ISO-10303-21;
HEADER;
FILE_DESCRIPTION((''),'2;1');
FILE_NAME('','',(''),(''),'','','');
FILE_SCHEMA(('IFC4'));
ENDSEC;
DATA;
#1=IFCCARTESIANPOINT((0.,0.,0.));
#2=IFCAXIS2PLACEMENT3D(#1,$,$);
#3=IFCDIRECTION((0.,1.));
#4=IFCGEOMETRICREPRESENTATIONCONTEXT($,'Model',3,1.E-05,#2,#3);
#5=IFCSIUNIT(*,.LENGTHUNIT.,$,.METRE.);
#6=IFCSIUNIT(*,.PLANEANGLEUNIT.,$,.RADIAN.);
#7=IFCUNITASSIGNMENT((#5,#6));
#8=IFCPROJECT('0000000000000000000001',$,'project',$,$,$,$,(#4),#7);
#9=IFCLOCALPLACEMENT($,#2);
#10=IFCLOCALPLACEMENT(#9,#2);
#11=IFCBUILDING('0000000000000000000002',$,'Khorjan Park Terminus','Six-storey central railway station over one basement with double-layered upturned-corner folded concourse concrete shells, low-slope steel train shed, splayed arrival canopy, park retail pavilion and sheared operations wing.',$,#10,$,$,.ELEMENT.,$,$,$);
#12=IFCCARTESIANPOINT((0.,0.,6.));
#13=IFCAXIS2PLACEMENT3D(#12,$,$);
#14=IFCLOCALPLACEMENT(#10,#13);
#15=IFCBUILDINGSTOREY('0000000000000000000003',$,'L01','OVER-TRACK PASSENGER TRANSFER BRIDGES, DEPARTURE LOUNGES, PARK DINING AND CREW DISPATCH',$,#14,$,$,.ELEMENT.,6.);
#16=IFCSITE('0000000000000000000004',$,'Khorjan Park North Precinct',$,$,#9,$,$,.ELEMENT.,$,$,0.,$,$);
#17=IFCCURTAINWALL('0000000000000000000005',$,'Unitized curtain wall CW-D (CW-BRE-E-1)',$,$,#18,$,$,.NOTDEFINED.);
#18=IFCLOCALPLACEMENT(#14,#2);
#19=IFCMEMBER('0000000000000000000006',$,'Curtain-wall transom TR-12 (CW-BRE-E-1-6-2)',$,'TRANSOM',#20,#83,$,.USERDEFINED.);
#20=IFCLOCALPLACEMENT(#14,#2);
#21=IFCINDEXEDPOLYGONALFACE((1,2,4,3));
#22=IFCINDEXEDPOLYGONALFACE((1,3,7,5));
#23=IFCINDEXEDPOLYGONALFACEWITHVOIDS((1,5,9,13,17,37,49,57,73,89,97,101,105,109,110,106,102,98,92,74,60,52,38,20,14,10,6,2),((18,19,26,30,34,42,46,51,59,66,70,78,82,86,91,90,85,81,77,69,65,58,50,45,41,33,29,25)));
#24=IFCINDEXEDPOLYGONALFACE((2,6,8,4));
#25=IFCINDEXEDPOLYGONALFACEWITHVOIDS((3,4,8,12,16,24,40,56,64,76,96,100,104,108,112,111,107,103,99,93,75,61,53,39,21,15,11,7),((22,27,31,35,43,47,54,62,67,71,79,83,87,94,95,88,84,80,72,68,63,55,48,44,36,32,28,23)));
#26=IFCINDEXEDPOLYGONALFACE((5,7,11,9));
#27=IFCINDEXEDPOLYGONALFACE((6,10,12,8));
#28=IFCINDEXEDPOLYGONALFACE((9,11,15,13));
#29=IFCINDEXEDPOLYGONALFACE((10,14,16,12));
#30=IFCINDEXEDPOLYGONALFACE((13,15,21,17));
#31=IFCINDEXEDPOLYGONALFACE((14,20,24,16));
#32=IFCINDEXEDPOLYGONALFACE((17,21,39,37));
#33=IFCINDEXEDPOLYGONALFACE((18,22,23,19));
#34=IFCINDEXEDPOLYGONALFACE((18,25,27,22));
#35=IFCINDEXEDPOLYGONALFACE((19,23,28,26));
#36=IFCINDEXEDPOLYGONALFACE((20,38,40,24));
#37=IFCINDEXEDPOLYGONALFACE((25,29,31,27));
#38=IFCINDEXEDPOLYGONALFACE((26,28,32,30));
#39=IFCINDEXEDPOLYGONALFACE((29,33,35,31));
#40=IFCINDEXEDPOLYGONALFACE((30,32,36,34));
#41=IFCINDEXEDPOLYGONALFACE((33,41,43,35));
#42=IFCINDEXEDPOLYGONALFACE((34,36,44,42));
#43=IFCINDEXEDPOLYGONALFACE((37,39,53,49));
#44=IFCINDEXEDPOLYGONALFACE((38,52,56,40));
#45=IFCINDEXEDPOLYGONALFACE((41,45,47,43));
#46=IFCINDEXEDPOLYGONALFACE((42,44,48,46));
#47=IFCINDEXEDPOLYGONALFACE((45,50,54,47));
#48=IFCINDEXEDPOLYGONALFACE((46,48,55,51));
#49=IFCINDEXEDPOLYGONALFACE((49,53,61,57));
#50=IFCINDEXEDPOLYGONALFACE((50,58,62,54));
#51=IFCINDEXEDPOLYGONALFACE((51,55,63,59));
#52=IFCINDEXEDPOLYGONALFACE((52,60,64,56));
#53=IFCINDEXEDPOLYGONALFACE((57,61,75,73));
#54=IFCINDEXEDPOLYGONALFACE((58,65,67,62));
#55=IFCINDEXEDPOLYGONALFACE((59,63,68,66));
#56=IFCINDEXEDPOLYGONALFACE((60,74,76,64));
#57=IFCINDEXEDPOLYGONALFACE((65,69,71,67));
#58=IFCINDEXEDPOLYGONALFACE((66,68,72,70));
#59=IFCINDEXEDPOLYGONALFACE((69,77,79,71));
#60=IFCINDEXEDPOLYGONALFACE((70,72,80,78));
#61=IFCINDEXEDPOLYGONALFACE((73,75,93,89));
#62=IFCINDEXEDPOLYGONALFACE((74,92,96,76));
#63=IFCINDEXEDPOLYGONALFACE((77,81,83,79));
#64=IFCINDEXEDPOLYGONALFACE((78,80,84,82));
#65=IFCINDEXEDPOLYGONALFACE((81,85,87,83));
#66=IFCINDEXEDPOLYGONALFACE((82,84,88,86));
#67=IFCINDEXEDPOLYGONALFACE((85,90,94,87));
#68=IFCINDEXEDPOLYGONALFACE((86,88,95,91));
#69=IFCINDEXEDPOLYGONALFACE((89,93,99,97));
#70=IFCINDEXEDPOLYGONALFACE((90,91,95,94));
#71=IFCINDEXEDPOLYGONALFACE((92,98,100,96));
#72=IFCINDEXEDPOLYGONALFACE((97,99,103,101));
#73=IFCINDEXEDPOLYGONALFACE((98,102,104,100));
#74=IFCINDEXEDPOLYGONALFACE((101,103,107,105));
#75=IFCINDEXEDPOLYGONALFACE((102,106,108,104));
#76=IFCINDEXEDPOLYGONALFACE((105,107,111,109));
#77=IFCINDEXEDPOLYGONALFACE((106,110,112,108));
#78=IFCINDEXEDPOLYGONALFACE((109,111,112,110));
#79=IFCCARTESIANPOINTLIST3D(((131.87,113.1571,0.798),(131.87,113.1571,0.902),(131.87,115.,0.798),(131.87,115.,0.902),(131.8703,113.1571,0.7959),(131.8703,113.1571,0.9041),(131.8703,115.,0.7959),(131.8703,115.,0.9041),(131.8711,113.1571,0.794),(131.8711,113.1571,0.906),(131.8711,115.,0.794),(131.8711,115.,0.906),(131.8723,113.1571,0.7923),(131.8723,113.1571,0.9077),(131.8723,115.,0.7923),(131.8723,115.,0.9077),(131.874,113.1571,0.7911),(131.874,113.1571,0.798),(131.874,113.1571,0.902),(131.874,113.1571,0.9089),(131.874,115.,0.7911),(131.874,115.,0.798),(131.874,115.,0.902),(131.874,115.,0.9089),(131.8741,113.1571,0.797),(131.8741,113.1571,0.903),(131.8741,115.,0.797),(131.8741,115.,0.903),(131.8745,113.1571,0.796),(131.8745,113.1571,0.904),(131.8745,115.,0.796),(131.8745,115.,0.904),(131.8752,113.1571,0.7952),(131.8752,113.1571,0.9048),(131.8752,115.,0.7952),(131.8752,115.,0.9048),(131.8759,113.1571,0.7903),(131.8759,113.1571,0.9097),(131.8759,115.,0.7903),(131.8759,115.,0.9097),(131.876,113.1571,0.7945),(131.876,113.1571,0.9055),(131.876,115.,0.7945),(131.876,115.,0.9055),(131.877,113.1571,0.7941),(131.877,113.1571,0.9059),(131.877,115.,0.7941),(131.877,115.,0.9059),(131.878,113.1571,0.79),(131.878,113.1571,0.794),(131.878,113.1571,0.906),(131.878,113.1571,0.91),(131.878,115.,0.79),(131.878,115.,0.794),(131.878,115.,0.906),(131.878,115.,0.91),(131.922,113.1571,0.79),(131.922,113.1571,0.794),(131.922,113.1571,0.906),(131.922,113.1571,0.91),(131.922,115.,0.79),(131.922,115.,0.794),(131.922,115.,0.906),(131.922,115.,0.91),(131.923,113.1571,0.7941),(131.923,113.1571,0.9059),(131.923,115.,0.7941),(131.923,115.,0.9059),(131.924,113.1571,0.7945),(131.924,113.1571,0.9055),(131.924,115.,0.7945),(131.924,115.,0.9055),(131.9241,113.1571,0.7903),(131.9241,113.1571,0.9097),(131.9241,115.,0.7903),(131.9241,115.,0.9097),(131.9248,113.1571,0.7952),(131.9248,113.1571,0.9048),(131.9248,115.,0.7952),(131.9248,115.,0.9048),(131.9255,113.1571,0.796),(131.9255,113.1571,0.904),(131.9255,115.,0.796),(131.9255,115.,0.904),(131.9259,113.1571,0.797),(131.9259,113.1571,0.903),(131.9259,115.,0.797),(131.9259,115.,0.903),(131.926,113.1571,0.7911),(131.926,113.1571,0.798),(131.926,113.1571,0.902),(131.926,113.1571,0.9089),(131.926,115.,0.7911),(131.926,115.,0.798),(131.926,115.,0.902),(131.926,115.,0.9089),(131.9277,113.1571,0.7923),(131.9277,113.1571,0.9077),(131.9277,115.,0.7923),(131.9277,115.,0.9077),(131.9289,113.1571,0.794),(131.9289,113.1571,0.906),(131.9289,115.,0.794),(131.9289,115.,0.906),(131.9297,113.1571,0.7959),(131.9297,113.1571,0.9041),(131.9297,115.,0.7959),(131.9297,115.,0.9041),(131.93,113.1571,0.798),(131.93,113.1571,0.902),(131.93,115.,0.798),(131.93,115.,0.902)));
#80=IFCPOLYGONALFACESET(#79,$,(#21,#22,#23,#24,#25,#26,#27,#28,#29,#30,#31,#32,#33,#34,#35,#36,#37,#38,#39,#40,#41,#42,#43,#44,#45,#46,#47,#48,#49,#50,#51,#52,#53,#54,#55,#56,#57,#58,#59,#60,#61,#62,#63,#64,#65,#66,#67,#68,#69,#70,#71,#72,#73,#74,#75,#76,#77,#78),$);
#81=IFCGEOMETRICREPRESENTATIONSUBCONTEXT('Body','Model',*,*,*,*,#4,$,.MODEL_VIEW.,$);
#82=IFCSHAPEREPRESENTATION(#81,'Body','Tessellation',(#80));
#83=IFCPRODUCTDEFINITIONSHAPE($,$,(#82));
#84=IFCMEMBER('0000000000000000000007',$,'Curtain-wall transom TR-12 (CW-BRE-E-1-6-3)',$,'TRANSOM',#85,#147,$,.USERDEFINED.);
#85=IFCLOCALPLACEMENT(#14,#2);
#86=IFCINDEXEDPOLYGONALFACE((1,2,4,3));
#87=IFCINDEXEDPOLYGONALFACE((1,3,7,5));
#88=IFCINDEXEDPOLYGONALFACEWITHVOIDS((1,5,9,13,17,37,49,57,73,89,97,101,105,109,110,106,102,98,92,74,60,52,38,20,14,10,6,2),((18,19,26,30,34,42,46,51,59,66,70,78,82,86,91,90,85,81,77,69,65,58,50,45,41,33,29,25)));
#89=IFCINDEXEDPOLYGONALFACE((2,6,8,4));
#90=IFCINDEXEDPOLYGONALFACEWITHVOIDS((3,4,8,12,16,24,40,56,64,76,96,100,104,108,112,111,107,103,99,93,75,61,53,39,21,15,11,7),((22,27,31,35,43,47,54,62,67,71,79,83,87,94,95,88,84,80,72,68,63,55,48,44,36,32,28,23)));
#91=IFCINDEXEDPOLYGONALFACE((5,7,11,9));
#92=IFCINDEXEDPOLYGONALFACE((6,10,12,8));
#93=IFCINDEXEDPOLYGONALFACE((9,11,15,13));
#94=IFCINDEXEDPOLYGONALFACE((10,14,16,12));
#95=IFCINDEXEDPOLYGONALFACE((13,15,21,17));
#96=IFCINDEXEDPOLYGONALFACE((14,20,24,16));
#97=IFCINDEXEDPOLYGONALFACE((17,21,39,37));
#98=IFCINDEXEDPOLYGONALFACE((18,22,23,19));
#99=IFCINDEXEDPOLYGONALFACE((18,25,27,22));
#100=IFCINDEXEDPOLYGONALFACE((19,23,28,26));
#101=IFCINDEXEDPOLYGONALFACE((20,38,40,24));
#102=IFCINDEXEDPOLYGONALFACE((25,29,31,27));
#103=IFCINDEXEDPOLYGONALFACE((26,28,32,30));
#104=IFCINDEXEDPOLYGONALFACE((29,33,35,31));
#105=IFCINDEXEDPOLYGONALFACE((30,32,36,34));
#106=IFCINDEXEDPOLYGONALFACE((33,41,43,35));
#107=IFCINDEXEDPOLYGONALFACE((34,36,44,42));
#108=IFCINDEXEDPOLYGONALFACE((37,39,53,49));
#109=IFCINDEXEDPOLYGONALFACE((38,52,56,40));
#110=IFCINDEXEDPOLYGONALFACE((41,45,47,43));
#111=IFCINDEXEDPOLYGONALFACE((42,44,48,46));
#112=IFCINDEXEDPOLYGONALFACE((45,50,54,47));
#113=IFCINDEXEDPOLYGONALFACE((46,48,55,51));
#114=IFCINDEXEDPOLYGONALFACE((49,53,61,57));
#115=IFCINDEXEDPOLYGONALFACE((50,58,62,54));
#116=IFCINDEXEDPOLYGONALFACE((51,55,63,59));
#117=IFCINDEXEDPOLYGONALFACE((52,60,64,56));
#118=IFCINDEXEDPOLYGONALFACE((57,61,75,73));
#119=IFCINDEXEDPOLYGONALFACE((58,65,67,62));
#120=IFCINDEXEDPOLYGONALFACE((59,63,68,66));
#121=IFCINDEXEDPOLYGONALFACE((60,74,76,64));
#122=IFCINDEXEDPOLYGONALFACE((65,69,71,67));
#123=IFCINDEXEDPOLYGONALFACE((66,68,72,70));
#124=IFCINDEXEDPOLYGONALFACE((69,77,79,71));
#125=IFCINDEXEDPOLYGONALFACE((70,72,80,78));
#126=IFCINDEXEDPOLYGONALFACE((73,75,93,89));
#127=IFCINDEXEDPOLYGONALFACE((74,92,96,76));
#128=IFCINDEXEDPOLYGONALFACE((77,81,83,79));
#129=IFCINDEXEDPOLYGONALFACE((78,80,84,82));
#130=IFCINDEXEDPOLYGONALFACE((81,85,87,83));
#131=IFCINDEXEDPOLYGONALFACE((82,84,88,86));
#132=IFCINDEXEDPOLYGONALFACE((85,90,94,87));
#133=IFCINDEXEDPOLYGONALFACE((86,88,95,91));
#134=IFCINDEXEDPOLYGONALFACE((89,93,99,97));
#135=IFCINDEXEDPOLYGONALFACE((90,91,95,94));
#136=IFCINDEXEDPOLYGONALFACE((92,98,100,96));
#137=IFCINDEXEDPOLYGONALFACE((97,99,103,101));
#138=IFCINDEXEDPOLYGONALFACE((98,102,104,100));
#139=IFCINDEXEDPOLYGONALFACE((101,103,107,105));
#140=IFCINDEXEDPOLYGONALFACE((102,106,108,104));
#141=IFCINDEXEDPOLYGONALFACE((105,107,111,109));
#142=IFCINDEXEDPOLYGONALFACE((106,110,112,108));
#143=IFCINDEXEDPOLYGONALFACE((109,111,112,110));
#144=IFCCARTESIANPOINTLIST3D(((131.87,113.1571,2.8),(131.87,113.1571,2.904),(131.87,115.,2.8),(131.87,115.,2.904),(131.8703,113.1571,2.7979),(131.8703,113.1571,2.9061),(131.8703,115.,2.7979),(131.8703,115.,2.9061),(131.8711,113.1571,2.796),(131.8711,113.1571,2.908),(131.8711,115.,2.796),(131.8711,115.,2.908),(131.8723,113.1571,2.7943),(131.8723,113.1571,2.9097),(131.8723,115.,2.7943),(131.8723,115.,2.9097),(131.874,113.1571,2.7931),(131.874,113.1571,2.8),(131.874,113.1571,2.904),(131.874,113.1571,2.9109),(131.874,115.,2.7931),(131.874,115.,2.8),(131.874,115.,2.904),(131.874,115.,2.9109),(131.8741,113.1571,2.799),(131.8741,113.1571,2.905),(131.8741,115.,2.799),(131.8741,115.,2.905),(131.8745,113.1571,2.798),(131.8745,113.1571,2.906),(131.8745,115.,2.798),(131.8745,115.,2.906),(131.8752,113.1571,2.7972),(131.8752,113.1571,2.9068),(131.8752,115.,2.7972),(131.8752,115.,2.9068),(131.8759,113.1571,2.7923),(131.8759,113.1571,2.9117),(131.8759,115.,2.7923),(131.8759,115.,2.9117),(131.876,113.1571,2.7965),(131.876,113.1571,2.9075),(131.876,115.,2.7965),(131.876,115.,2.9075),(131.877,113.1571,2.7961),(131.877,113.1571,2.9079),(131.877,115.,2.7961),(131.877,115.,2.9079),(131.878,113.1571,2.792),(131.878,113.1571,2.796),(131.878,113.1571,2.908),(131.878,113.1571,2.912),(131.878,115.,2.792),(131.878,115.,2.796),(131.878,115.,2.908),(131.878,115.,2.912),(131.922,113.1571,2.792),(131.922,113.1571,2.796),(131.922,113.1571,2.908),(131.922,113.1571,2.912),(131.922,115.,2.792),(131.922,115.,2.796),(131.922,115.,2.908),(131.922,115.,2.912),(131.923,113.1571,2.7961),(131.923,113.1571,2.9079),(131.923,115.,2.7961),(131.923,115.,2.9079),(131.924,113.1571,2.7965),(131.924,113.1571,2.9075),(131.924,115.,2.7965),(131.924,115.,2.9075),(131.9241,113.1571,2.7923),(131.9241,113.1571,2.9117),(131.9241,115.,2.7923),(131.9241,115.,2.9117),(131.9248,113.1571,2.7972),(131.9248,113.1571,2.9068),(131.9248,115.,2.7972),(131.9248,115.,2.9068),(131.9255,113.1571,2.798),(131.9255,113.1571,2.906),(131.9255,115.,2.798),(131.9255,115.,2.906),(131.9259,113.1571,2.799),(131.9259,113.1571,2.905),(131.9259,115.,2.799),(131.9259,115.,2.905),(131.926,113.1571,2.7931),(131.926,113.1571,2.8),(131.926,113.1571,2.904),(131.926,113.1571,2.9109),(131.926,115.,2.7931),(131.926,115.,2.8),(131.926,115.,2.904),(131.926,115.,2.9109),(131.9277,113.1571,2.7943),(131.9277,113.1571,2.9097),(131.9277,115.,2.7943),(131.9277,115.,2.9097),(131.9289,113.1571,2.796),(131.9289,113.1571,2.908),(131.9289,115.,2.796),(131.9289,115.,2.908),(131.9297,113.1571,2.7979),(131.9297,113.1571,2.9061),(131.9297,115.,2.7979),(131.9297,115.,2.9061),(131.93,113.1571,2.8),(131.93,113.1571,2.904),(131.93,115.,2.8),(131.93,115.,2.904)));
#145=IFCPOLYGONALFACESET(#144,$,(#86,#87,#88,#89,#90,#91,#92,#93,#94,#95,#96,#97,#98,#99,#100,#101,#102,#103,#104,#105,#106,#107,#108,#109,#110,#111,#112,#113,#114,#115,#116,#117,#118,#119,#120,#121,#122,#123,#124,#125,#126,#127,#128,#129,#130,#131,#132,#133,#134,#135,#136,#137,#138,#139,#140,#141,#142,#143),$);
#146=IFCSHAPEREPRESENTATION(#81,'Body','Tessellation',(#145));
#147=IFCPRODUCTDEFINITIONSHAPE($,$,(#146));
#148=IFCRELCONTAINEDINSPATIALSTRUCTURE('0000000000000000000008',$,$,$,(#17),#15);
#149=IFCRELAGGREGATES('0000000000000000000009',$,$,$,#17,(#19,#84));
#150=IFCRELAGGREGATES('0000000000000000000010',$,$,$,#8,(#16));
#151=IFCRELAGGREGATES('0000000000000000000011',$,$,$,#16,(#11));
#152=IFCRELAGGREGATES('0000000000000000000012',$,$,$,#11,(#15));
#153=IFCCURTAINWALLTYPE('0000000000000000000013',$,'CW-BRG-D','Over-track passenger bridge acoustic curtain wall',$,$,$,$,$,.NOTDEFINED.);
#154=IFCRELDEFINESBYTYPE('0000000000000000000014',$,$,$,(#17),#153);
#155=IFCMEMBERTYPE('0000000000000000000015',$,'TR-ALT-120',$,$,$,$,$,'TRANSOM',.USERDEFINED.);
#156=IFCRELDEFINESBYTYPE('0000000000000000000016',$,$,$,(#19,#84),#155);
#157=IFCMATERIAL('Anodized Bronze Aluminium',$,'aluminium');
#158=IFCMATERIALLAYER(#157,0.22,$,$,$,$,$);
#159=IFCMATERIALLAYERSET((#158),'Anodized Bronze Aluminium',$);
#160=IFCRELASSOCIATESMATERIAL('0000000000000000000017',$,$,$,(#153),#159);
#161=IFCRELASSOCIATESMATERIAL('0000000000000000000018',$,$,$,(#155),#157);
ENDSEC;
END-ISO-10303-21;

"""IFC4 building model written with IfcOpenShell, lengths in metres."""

from ifc_helpers import new_model, si_unit, direction, frame, origin, origin_2d, place, context, subcontext, project, spatial, hollow_rectangle, extrude, material, layer, layer_set, material_profile, profile_set, type_object, element, aggregate, save


model = new_model("IFC4")

# Units and contexts
model_context = context("Model", 3, precision=1e-05, world=origin(), true_north=direction((0.0, 1.0)))
body_context = subcontext(model_context, "Body", "Model", "MODEL_VIEW")
ifc_project = project(units=[si_unit("LENGTHUNIT", "METRE"), si_unit("PLANEANGLEUNIT", "RADIAN")], contexts=[model_context])

# Site, building, storey
site_placement = place(None, origin())
site = spatial("IfcSite", under=ifc_project, at=site_placement, Name="Khorjan Park North Precinct", CompositionType="ELEMENT", RefElevation=0.0)
building_placement = place(site_placement, origin())
building = spatial("IfcBuilding", under=site, at=building_placement, Name="Khorjan Park Terminus", Description="Six-storey central railway station over one basement with double-layered upturned-corner folded concourse concrete shells, low-slope steel train shed, splayed arrival canopy, park retail pavilion and sheared operations wing.", CompositionType="ELEMENT")
storey_placement = place(building_placement, frame((0.0, 0.0, 6.0)))
storey = spatial("IfcBuildingStorey", under=building, at=storey_placement, Name="L01", Description="OVER-TRACK PASSENGER TRANSFER BRIDGES, DEPARTURE LOUNGES, PARK DINING AND CREW DISPATCH", CompositionType="ELEMENT", Elevation=6.0)

# Curtain wall, members
ifc_material_1 = material(Name="Anodized Bronze Aluminium", Category="aluminium")
ifc_layer_1 = layer(ifc_material_1, 0.22)
ifc_layer_set_1 = layer_set([ifc_layer_1], Name="Anodized Bronze Aluminium")
curtain_wall_type = type_object("IfcCurtainWallType", Name="CW-BRG-D", Description="Over-track passenger bridge acoustic curtain wall", PredefinedType="NOTDEFINED", material=ifc_layer_set_1)
curtain_wall_1_placement = place(storey_placement, origin())
curtain_wall_1 = element("IfcCurtainWall", 1, at=curtain_wall_1_placement, inside=storey, type_object=curtain_wall_type, Name="Unitized curtain wall CW-D (CW-BRE-E-1)", PredefinedType="NOTDEFINED")
ifc_material_profile_1 = material_profile(ifc_material_1, hollow_rectangle(XDim=0.06, YDim=0.12, WallThickness=0.004, InnerFilletRadius=0.004, OuterFilletRadius=0.008, at=origin_2d()), Name="ALT 60x120x4")
ifc_profile_set_1 = profile_set([ifc_material_profile_1], Name="Anodized Bronze Aluminium")
member_type_1 = type_object("IfcMemberType", Name="TR-ALT-120", ElementType="TRANSOM", PredefinedType="USERDEFINED", material=ifc_profile_set_1)
member_1_placement = place(storey_placement, frame((131.9, 113.1571, 0.85), z_axis=(0.0, 1.0, 0.0), x_axis=(-1.0, 0.0, 0.0)))
member_1 = element("IfcMember", 2, at=member_1_placement, type_object=member_type_1, Name="Curtain-wall transom TR-12 (CW-BRE-E-1-6-2)", ObjectType="TRANSOM", PredefinedType="USERDEFINED", context=body_context, shape_type="SweptSolid", body=[
    extrude(hollow_rectangle(XDim=0.06, YDim=0.12, WallThickness=0.004, InnerFilletRadius=0.004, OuterFilletRadius=0.008, at=origin_2d()), origin(), (0.0, 0.0, 1.0), 1.8429),
])
member_2_placement = place(storey_placement, frame((131.9, 113.1571, 2.852), z_axis=(0.0, 1.0, 0.0), x_axis=(-1.0, 0.0, 0.0)))
member_2 = element("IfcMember", 3, at=member_2_placement, type_object=member_type_1, Name="Curtain-wall transom TR-12 (CW-BRE-E-1-6-3)", ObjectType="TRANSOM", PredefinedType="USERDEFINED", context=body_context, shape_type="SweptSolid", body=[
    extrude(hollow_rectangle(XDim=0.06, YDim=0.12, WallThickness=0.004, InnerFilletRadius=0.004, OuterFilletRadius=0.008, at=origin_2d()), origin(), (0.0, 0.0, 1.0), 1.8429),
])

aggregate(curtain_wall_1, [member_1, member_2])

save(model, "model.ifc")
